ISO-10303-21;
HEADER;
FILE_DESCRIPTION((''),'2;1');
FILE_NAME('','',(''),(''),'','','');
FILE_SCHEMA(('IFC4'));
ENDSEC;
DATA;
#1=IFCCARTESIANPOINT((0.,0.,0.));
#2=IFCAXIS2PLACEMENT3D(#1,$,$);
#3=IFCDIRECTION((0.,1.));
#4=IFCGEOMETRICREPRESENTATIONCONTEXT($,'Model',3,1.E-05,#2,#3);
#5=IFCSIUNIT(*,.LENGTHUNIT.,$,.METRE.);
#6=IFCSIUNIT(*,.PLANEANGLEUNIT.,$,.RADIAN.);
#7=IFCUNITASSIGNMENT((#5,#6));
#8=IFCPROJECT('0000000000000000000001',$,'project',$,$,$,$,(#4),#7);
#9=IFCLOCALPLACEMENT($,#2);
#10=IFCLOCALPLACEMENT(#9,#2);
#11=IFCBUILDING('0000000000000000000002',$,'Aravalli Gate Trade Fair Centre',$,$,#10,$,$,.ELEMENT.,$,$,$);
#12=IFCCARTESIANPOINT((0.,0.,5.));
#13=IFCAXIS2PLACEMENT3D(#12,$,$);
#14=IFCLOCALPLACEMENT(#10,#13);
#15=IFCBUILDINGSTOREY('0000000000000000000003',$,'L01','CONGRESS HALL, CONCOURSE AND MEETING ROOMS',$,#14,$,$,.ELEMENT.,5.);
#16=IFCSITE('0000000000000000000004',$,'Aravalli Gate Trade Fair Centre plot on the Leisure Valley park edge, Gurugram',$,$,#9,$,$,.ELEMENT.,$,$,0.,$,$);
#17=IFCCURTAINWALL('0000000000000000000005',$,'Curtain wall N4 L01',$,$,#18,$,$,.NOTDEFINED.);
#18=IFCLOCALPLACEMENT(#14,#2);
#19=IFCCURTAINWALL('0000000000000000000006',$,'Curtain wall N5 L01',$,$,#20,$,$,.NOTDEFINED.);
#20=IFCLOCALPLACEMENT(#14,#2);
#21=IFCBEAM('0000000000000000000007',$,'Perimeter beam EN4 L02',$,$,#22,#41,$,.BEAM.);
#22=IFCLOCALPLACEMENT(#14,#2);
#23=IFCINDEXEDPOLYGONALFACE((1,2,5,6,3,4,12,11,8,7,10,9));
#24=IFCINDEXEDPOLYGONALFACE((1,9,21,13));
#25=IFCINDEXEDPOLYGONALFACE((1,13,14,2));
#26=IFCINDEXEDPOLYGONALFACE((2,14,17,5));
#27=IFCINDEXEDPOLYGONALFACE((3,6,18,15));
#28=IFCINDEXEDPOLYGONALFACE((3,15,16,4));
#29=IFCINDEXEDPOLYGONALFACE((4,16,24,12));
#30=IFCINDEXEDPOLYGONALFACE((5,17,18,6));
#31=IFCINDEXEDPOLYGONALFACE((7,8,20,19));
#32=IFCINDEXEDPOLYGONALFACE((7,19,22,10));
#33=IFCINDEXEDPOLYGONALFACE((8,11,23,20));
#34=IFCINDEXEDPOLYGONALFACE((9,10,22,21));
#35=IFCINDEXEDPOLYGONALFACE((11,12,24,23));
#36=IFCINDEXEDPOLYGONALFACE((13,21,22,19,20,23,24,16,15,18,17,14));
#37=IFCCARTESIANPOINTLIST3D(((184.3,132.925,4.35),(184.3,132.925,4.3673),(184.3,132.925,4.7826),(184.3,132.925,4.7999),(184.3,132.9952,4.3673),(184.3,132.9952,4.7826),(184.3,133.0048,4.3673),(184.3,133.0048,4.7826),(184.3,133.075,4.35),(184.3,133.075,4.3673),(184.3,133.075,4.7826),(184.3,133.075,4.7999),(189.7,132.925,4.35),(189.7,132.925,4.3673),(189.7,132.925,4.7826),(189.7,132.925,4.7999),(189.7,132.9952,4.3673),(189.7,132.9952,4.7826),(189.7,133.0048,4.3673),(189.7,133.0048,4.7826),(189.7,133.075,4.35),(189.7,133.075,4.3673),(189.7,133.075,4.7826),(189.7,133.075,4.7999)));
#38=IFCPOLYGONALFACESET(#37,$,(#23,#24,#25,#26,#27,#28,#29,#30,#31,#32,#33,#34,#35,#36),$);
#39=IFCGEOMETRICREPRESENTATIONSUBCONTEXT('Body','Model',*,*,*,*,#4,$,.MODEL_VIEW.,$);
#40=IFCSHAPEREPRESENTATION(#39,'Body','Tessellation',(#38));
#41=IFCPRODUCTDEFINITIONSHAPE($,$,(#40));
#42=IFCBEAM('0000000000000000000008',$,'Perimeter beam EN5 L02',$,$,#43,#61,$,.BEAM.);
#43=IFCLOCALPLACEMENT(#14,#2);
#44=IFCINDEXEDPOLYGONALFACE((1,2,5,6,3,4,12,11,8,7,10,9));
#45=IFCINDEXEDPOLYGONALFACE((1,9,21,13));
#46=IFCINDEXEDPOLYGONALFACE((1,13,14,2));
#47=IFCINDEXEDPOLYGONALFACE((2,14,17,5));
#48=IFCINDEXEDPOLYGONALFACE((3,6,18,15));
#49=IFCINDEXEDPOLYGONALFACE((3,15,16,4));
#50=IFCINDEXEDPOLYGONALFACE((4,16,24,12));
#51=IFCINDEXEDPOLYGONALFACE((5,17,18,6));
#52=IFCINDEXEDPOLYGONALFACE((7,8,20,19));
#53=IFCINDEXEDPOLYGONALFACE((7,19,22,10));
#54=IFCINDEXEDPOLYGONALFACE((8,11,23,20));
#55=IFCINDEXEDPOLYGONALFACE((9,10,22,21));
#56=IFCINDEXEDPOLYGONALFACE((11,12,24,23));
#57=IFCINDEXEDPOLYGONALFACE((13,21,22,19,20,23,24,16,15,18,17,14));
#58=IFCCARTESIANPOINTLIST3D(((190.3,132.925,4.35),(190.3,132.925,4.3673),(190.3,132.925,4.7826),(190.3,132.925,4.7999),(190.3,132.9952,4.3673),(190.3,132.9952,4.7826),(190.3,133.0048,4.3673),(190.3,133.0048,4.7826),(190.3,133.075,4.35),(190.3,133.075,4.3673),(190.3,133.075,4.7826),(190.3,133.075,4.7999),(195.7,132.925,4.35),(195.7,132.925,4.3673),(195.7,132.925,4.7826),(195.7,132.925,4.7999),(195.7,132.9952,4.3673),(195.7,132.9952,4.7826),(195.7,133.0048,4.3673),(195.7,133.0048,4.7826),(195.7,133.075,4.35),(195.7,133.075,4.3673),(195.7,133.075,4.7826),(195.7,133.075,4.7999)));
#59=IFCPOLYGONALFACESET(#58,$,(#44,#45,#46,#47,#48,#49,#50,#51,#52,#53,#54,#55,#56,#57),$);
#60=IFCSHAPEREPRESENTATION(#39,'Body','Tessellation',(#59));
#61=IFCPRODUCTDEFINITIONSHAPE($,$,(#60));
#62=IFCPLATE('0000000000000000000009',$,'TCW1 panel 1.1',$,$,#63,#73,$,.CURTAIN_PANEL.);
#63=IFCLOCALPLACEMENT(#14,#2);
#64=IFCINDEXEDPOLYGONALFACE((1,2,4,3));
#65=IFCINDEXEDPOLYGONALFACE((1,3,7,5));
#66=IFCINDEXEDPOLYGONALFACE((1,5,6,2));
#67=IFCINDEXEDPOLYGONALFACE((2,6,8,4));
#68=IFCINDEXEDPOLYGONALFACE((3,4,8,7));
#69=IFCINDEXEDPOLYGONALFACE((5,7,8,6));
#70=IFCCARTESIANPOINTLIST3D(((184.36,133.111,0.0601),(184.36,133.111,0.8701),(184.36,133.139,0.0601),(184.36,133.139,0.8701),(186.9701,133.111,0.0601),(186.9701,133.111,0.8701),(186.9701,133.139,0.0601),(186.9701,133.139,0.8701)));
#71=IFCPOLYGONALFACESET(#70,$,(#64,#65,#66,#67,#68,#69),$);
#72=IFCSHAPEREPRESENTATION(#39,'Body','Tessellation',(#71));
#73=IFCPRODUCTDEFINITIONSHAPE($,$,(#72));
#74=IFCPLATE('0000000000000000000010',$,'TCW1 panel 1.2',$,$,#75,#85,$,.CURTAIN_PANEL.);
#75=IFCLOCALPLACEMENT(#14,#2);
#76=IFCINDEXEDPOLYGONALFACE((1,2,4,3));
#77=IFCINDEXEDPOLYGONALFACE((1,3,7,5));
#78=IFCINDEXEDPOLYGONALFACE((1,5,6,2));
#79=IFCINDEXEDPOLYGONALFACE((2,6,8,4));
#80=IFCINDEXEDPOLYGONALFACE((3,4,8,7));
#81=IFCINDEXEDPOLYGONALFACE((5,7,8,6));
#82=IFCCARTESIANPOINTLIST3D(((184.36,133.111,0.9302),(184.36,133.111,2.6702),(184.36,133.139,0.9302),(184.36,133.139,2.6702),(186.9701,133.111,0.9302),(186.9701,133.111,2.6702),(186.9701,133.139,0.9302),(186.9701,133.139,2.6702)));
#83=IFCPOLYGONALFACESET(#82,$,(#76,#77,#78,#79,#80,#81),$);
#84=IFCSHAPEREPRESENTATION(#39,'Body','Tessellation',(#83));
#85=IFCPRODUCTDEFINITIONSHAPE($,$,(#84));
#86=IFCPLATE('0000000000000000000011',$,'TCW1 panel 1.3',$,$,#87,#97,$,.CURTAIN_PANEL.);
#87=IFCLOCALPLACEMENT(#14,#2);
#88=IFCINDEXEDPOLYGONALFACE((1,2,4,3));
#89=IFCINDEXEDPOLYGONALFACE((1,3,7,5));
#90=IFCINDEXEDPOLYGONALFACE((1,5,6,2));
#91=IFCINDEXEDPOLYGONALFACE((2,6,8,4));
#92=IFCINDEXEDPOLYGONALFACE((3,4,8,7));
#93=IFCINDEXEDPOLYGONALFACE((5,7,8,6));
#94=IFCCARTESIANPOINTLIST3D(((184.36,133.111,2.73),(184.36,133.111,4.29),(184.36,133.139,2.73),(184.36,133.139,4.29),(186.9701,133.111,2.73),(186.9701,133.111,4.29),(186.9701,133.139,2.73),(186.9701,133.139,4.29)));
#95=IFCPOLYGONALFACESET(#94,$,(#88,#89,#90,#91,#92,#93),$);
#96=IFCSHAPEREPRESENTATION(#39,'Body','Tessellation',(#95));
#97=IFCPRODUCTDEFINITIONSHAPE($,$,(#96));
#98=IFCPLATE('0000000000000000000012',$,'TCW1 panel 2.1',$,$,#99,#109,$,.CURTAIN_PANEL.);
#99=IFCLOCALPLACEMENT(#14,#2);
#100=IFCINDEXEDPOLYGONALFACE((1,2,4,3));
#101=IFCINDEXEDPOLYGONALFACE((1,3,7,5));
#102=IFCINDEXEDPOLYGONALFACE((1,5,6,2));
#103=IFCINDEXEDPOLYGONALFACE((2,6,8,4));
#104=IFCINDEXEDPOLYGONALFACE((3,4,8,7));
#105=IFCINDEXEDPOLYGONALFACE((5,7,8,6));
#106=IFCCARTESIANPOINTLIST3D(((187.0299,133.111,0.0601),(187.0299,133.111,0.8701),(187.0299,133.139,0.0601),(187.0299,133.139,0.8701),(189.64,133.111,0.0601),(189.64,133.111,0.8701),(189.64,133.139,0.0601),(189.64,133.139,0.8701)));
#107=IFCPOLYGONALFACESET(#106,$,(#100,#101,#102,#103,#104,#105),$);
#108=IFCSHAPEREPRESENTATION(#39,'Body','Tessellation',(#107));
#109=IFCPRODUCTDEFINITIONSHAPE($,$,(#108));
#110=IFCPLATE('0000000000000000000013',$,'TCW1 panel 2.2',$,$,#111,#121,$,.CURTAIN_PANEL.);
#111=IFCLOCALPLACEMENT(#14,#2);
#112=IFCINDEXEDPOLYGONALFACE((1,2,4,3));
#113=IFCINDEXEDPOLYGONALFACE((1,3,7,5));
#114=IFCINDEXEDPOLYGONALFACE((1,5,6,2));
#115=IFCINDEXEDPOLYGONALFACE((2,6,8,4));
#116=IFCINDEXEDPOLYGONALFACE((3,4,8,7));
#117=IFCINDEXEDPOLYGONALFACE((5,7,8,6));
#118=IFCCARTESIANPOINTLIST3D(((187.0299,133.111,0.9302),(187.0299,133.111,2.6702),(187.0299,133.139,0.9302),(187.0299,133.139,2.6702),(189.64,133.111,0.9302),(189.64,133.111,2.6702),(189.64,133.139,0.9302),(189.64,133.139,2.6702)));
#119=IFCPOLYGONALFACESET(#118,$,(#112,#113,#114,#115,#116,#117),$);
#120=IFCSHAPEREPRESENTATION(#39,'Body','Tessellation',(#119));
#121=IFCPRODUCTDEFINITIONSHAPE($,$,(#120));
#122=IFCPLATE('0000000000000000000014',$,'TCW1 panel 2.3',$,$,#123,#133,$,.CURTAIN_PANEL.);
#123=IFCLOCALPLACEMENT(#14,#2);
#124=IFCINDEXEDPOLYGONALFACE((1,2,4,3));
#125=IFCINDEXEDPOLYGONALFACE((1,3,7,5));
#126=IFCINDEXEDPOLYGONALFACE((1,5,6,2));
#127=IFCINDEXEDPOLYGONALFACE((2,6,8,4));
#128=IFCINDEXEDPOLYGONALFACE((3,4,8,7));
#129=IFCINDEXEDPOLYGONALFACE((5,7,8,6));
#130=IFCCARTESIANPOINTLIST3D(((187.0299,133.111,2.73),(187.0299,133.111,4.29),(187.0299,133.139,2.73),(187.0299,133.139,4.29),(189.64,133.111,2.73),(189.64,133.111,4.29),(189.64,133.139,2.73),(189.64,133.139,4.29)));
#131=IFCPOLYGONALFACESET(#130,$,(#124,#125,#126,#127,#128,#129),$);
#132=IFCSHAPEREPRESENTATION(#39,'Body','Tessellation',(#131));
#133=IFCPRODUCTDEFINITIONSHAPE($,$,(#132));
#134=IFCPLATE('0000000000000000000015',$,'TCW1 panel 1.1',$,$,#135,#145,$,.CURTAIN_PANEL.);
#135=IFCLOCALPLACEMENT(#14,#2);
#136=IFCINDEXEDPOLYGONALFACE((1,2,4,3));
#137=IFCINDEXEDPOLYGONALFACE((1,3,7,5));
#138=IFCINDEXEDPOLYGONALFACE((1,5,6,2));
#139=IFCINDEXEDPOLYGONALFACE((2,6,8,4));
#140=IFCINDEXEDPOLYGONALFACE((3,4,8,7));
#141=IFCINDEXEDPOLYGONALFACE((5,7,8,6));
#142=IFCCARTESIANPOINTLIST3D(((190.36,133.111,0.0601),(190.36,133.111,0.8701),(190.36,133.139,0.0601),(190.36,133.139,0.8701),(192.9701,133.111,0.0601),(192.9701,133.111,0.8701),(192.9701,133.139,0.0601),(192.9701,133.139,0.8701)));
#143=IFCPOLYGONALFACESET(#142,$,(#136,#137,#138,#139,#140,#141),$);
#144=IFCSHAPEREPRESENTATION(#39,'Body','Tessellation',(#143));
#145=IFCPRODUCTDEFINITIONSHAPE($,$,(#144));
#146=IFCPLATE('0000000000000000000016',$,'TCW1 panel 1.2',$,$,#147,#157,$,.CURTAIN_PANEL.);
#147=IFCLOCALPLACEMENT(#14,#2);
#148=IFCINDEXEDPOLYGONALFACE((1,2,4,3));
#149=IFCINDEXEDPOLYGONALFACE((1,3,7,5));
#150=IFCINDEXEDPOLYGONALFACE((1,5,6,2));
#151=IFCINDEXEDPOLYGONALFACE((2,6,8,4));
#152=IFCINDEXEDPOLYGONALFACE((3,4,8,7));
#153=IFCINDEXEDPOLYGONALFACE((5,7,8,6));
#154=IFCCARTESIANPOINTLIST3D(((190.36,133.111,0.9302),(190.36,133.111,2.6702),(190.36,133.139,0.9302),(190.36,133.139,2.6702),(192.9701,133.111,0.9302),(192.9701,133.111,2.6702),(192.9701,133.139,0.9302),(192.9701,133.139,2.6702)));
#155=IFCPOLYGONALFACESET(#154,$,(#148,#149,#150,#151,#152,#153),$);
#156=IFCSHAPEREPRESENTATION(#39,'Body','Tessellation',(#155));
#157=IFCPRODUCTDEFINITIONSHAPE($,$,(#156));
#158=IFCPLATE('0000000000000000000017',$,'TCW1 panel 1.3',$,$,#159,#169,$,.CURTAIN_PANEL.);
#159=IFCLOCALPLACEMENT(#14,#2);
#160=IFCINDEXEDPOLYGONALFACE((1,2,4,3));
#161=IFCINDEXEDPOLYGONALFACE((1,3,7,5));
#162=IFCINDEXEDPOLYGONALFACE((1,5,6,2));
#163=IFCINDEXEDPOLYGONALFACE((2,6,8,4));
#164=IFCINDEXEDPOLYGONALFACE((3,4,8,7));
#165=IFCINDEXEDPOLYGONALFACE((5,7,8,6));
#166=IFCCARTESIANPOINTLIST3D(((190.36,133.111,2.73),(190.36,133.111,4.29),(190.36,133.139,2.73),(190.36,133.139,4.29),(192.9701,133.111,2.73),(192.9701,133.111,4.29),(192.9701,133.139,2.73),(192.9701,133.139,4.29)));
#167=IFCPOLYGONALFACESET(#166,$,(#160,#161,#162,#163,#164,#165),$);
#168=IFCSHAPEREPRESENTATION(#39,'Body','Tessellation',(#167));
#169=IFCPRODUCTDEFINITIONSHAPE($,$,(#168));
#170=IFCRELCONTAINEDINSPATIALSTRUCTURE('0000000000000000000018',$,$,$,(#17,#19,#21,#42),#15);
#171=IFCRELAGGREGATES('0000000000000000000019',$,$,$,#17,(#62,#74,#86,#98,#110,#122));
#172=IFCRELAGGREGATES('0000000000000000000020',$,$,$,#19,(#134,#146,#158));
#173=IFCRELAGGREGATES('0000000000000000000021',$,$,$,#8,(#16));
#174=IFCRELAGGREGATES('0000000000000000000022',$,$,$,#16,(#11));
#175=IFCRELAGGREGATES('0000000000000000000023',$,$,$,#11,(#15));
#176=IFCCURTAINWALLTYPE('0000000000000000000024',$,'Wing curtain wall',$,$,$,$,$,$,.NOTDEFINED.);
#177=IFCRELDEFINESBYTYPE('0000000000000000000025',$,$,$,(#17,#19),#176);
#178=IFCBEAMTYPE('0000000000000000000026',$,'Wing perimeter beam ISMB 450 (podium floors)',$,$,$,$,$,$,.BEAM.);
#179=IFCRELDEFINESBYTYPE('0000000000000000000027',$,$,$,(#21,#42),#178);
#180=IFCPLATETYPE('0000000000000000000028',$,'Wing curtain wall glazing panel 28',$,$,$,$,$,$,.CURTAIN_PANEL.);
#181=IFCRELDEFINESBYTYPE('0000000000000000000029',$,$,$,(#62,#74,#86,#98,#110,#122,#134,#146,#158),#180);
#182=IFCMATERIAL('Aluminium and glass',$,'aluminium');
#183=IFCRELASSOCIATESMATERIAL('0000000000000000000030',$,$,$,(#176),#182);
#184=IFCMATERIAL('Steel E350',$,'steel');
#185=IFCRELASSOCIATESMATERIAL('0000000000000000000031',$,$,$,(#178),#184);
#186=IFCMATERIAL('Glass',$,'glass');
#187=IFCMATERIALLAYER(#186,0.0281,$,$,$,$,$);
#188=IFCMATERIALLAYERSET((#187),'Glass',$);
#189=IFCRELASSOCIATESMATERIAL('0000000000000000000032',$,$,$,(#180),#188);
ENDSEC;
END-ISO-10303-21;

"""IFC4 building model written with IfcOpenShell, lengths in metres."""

from ifc_helpers import new_model, si_unit, direction, frame, origin, origin_2d, place, context, subcontext, project, spatial, rectangle, i_section, extrude, material, layer, layer_set, material_profile, profile_set, type_object, element, aggregate, save


model = new_model("IFC4")

# Units and contexts
model_context = context("Model", 3, precision=1e-05, world=origin(), true_north=direction((0.0, 1.0)))
body_context = subcontext(model_context, "Body", "Model", "MODEL_VIEW")
ifc_project = project(units=[si_unit("LENGTHUNIT", "METRE"), si_unit("PLANEANGLEUNIT", "RADIAN")], contexts=[model_context])

# Site, building, storey
site_placement = place(None, origin())
site = spatial("IfcSite", under=ifc_project, at=site_placement, Name="Aravalli Gate Trade Fair Centre plot on the Leisure Valley park edge, Gurugram", CompositionType="ELEMENT", RefElevation=0.0)
building_placement = place(site_placement, origin())
building = spatial("IfcBuilding", under=site, at=building_placement, Name="Aravalli Gate Trade Fair Centre", CompositionType="ELEMENT")
storey_placement = place(building_placement, frame((0.0, 0.0, 5.0)))
storey = spatial("IfcBuildingStorey", under=building, at=storey_placement, Name="L01", Description="CONGRESS HALL, CONCOURSE AND MEETING ROOMS", CompositionType="ELEMENT", Elevation=5.0)

# Shared definitions
ifc_material_1 = material(Name="Steel E350", Category="steel")

# Shared definitions
ifc_material_2 = material(Name="Aluminium and glass", Category="aluminium")
curtain_wall_type = type_object("IfcCurtainWallType", Name="Wing curtain wall", PredefinedType="NOTDEFINED", material=ifc_material_2)

# Curtain walls
curtain_wall_1_placement = place(storey_placement, origin())
curtain_wall_1 = element("IfcCurtainWall", 1, at=curtain_wall_1_placement, inside=storey, type_object=curtain_wall_type, Name="Curtain wall N4 L01", PredefinedType="NOTDEFINED")
curtain_wall_2_placement = place(storey_placement, origin())
curtain_wall_2 = element("IfcCurtainWall", 2, at=curtain_wall_2_placement, inside=storey, type_object=curtain_wall_type, Name="Curtain wall N5 L01", PredefinedType="NOTDEFINED")

# Beams
ifc_material_profile_1 = material_profile(ifc_material_1, i_section(OverallWidth=0.1499, OverallDepth=0.45, WebThickness=0.0095, FlangeThickness=0.0173, at=origin_2d()), Name="ISMB 450")
ifc_profile_set_1 = profile_set([ifc_material_profile_1], Name="Steel E350")
beam_type_1 = type_object("IfcBeamType", Name="Wing perimeter beam ISMB 450 (podium floors)", PredefinedType="BEAM", material=ifc_profile_set_1)
for number, where, z_axis, x_axis, name in (
    (3, (184.3, 133.0, 4.575), (1.0, 0.0, 0.0), (0.0, 1.0, 0.0), "Perimeter beam EN4 L02"),
    (4, (190.3, 133.0, 4.575), (1.0, 0.0, 0.0), (0.0, 1.0, 0.0), "Perimeter beam EN5 L02"),
):
    element("IfcBeam", number, at=place(storey_placement, frame(where, z_axis=z_axis, x_axis=x_axis)), inside=storey, type_object=beam_type_1, Name=name, PredefinedType="BEAM", context=body_context, shape_type="SweptSolid", body=[
        extrude(i_section(OverallWidth=0.1499, OverallDepth=0.45, WebThickness=0.0095, FlangeThickness=0.0173, at=origin_2d()), origin(), (0.0, 0.0, 1.0), 5.3999),
    ])

# Plates
ifc_material_3 = material(Name="Glass", Category="glass")
ifc_layer = layer(ifc_material_3, 0.0281)
ifc_layer_set = layer_set([ifc_layer], Name="Glass")
plate_type = type_object("IfcPlateType", Name="Wing curtain wall glazing panel 28", PredefinedType="CURTAIN_PANEL", material=ifc_layer_set)
plate_1_placement = place(storey_placement, frame((185.665, 133.125, 0.0601), z_axis=(0.0, 0.0, 1.0), x_axis=(1.0, 0.0, 0.0)))
plate_1 = element("IfcPlate", 5, at=plate_1_placement, type_object=plate_type, Name="TCW1 panel 1.1", PredefinedType="CURTAIN_PANEL", context=body_context, shape_type="SweptSolid", body=[
    extrude(rectangle(XDim=2.6101, YDim=0.0281, at=origin_2d()), origin(), (0.0, 0.0, 1.0), 0.8101),
])
plate_2_placement = place(storey_placement, frame((185.665, 133.125, 0.9302), z_axis=(0.0, 0.0, 1.0), x_axis=(1.0, 0.0, 0.0)))
plate_2 = element("IfcPlate", 6, at=plate_2_placement, type_object=plate_type, Name="TCW1 panel 1.2", PredefinedType="CURTAIN_PANEL", context=body_context, shape_type="SweptSolid", body=[
    extrude(rectangle(XDim=2.6101, YDim=0.0281, at=origin_2d()), origin(), (0.0, 0.0, 1.0), 1.74),
])
plate_3_placement = place(storey_placement, frame((185.665, 133.125, 2.73), z_axis=(0.0, 0.0, 1.0), x_axis=(1.0, 0.0, 0.0)))
plate_3 = element("IfcPlate", 7, at=plate_3_placement, type_object=plate_type, Name="TCW1 panel 1.3", PredefinedType="CURTAIN_PANEL", context=body_context, shape_type="SweptSolid", body=[
    extrude(rectangle(XDim=2.6101, YDim=0.0281, at=origin_2d()), origin(), (0.0, 0.0, 1.0), 1.5601),
])
plate_4_placement = place(storey_placement, frame((188.335, 133.125, 0.0601), z_axis=(0.0, 0.0, 1.0), x_axis=(1.0, 0.0, 0.0)))
plate_4 = element("IfcPlate", 8, at=plate_4_placement, type_object=plate_type, Name="TCW1 panel 2.1", PredefinedType="CURTAIN_PANEL", context=body_context, shape_type="SweptSolid", body=[
    extrude(rectangle(XDim=2.6101, YDim=0.0281, at=origin_2d()), origin(), (0.0, 0.0, 1.0), 0.8101),
])
plate_5_placement = place(storey_placement, frame((188.335, 133.125, 0.9302), z_axis=(0.0, 0.0, 1.0), x_axis=(1.0, 0.0, 0.0)))
plate_5 = element("IfcPlate", 9, at=plate_5_placement, type_object=plate_type, Name="TCW1 panel 2.2", PredefinedType="CURTAIN_PANEL", context=body_context, shape_type="SweptSolid", body=[
    extrude(rectangle(XDim=2.6101, YDim=0.0281, at=origin_2d()), origin(), (0.0, 0.0, 1.0), 1.74),
])
plate_6_placement = place(storey_placement, frame((188.335, 133.125, 2.73), z_axis=(0.0, 0.0, 1.0), x_axis=(1.0, 0.0, 0.0)))
plate_6 = element("IfcPlate", 10, at=plate_6_placement, type_object=plate_type, Name="TCW1 panel 2.3", PredefinedType="CURTAIN_PANEL", context=body_context, shape_type="SweptSolid", body=[
    extrude(rectangle(XDim=2.6101, YDim=0.0281, at=origin_2d()), origin(), (0.0, 0.0, 1.0), 1.5601),
])
aggregate(curtain_wall_1, [plate_1, plate_2, plate_3, plate_4, plate_5, plate_6])
plate_7_placement = place(storey_placement, frame((191.665, 133.125, 0.0601), z_axis=(0.0, 0.0, 1.0), x_axis=(1.0, 0.0, 0.0)))
plate_7 = element("IfcPlate", 11, at=plate_7_placement, type_object=plate_type, Name="TCW1 panel 1.1", PredefinedType="CURTAIN_PANEL", context=body_context, shape_type="SweptSolid", body=[
    extrude(rectangle(XDim=2.6101, YDim=0.0281, at=origin_2d()), origin(), (0.0, 0.0, 1.0), 0.8101),
])
plate_8_placement = place(storey_placement, frame((191.665, 133.125, 0.9302), z_axis=(0.0, 0.0, 1.0), x_axis=(1.0, 0.0, 0.0)))
plate_8 = element("IfcPlate", 12, at=plate_8_placement, type_object=plate_type, Name="TCW1 panel 1.2", PredefinedType="CURTAIN_PANEL", context=body_context, shape_type="SweptSolid", body=[
    extrude(rectangle(XDim=2.6101, YDim=0.0281, at=origin_2d()), origin(), (0.0, 0.0, 1.0), 1.74),
])
plate_9_placement = place(storey_placement, frame((191.665, 133.125, 2.73), z_axis=(0.0, 0.0, 1.0), x_axis=(1.0, 0.0, 0.0)))
plate_9 = element("IfcPlate", 13, at=plate_9_placement, type_object=plate_type, Name="TCW1 panel 1.3", PredefinedType="CURTAIN_PANEL", context=body_context, shape_type="SweptSolid", body=[
    extrude(rectangle(XDim=2.6101, YDim=0.0281, at=origin_2d()), origin(), (0.0, 0.0, 1.0), 1.5601),
])
aggregate(curtain_wall_2, [plate_7, plate_8, plate_9])

save(model, "model.ifc")
